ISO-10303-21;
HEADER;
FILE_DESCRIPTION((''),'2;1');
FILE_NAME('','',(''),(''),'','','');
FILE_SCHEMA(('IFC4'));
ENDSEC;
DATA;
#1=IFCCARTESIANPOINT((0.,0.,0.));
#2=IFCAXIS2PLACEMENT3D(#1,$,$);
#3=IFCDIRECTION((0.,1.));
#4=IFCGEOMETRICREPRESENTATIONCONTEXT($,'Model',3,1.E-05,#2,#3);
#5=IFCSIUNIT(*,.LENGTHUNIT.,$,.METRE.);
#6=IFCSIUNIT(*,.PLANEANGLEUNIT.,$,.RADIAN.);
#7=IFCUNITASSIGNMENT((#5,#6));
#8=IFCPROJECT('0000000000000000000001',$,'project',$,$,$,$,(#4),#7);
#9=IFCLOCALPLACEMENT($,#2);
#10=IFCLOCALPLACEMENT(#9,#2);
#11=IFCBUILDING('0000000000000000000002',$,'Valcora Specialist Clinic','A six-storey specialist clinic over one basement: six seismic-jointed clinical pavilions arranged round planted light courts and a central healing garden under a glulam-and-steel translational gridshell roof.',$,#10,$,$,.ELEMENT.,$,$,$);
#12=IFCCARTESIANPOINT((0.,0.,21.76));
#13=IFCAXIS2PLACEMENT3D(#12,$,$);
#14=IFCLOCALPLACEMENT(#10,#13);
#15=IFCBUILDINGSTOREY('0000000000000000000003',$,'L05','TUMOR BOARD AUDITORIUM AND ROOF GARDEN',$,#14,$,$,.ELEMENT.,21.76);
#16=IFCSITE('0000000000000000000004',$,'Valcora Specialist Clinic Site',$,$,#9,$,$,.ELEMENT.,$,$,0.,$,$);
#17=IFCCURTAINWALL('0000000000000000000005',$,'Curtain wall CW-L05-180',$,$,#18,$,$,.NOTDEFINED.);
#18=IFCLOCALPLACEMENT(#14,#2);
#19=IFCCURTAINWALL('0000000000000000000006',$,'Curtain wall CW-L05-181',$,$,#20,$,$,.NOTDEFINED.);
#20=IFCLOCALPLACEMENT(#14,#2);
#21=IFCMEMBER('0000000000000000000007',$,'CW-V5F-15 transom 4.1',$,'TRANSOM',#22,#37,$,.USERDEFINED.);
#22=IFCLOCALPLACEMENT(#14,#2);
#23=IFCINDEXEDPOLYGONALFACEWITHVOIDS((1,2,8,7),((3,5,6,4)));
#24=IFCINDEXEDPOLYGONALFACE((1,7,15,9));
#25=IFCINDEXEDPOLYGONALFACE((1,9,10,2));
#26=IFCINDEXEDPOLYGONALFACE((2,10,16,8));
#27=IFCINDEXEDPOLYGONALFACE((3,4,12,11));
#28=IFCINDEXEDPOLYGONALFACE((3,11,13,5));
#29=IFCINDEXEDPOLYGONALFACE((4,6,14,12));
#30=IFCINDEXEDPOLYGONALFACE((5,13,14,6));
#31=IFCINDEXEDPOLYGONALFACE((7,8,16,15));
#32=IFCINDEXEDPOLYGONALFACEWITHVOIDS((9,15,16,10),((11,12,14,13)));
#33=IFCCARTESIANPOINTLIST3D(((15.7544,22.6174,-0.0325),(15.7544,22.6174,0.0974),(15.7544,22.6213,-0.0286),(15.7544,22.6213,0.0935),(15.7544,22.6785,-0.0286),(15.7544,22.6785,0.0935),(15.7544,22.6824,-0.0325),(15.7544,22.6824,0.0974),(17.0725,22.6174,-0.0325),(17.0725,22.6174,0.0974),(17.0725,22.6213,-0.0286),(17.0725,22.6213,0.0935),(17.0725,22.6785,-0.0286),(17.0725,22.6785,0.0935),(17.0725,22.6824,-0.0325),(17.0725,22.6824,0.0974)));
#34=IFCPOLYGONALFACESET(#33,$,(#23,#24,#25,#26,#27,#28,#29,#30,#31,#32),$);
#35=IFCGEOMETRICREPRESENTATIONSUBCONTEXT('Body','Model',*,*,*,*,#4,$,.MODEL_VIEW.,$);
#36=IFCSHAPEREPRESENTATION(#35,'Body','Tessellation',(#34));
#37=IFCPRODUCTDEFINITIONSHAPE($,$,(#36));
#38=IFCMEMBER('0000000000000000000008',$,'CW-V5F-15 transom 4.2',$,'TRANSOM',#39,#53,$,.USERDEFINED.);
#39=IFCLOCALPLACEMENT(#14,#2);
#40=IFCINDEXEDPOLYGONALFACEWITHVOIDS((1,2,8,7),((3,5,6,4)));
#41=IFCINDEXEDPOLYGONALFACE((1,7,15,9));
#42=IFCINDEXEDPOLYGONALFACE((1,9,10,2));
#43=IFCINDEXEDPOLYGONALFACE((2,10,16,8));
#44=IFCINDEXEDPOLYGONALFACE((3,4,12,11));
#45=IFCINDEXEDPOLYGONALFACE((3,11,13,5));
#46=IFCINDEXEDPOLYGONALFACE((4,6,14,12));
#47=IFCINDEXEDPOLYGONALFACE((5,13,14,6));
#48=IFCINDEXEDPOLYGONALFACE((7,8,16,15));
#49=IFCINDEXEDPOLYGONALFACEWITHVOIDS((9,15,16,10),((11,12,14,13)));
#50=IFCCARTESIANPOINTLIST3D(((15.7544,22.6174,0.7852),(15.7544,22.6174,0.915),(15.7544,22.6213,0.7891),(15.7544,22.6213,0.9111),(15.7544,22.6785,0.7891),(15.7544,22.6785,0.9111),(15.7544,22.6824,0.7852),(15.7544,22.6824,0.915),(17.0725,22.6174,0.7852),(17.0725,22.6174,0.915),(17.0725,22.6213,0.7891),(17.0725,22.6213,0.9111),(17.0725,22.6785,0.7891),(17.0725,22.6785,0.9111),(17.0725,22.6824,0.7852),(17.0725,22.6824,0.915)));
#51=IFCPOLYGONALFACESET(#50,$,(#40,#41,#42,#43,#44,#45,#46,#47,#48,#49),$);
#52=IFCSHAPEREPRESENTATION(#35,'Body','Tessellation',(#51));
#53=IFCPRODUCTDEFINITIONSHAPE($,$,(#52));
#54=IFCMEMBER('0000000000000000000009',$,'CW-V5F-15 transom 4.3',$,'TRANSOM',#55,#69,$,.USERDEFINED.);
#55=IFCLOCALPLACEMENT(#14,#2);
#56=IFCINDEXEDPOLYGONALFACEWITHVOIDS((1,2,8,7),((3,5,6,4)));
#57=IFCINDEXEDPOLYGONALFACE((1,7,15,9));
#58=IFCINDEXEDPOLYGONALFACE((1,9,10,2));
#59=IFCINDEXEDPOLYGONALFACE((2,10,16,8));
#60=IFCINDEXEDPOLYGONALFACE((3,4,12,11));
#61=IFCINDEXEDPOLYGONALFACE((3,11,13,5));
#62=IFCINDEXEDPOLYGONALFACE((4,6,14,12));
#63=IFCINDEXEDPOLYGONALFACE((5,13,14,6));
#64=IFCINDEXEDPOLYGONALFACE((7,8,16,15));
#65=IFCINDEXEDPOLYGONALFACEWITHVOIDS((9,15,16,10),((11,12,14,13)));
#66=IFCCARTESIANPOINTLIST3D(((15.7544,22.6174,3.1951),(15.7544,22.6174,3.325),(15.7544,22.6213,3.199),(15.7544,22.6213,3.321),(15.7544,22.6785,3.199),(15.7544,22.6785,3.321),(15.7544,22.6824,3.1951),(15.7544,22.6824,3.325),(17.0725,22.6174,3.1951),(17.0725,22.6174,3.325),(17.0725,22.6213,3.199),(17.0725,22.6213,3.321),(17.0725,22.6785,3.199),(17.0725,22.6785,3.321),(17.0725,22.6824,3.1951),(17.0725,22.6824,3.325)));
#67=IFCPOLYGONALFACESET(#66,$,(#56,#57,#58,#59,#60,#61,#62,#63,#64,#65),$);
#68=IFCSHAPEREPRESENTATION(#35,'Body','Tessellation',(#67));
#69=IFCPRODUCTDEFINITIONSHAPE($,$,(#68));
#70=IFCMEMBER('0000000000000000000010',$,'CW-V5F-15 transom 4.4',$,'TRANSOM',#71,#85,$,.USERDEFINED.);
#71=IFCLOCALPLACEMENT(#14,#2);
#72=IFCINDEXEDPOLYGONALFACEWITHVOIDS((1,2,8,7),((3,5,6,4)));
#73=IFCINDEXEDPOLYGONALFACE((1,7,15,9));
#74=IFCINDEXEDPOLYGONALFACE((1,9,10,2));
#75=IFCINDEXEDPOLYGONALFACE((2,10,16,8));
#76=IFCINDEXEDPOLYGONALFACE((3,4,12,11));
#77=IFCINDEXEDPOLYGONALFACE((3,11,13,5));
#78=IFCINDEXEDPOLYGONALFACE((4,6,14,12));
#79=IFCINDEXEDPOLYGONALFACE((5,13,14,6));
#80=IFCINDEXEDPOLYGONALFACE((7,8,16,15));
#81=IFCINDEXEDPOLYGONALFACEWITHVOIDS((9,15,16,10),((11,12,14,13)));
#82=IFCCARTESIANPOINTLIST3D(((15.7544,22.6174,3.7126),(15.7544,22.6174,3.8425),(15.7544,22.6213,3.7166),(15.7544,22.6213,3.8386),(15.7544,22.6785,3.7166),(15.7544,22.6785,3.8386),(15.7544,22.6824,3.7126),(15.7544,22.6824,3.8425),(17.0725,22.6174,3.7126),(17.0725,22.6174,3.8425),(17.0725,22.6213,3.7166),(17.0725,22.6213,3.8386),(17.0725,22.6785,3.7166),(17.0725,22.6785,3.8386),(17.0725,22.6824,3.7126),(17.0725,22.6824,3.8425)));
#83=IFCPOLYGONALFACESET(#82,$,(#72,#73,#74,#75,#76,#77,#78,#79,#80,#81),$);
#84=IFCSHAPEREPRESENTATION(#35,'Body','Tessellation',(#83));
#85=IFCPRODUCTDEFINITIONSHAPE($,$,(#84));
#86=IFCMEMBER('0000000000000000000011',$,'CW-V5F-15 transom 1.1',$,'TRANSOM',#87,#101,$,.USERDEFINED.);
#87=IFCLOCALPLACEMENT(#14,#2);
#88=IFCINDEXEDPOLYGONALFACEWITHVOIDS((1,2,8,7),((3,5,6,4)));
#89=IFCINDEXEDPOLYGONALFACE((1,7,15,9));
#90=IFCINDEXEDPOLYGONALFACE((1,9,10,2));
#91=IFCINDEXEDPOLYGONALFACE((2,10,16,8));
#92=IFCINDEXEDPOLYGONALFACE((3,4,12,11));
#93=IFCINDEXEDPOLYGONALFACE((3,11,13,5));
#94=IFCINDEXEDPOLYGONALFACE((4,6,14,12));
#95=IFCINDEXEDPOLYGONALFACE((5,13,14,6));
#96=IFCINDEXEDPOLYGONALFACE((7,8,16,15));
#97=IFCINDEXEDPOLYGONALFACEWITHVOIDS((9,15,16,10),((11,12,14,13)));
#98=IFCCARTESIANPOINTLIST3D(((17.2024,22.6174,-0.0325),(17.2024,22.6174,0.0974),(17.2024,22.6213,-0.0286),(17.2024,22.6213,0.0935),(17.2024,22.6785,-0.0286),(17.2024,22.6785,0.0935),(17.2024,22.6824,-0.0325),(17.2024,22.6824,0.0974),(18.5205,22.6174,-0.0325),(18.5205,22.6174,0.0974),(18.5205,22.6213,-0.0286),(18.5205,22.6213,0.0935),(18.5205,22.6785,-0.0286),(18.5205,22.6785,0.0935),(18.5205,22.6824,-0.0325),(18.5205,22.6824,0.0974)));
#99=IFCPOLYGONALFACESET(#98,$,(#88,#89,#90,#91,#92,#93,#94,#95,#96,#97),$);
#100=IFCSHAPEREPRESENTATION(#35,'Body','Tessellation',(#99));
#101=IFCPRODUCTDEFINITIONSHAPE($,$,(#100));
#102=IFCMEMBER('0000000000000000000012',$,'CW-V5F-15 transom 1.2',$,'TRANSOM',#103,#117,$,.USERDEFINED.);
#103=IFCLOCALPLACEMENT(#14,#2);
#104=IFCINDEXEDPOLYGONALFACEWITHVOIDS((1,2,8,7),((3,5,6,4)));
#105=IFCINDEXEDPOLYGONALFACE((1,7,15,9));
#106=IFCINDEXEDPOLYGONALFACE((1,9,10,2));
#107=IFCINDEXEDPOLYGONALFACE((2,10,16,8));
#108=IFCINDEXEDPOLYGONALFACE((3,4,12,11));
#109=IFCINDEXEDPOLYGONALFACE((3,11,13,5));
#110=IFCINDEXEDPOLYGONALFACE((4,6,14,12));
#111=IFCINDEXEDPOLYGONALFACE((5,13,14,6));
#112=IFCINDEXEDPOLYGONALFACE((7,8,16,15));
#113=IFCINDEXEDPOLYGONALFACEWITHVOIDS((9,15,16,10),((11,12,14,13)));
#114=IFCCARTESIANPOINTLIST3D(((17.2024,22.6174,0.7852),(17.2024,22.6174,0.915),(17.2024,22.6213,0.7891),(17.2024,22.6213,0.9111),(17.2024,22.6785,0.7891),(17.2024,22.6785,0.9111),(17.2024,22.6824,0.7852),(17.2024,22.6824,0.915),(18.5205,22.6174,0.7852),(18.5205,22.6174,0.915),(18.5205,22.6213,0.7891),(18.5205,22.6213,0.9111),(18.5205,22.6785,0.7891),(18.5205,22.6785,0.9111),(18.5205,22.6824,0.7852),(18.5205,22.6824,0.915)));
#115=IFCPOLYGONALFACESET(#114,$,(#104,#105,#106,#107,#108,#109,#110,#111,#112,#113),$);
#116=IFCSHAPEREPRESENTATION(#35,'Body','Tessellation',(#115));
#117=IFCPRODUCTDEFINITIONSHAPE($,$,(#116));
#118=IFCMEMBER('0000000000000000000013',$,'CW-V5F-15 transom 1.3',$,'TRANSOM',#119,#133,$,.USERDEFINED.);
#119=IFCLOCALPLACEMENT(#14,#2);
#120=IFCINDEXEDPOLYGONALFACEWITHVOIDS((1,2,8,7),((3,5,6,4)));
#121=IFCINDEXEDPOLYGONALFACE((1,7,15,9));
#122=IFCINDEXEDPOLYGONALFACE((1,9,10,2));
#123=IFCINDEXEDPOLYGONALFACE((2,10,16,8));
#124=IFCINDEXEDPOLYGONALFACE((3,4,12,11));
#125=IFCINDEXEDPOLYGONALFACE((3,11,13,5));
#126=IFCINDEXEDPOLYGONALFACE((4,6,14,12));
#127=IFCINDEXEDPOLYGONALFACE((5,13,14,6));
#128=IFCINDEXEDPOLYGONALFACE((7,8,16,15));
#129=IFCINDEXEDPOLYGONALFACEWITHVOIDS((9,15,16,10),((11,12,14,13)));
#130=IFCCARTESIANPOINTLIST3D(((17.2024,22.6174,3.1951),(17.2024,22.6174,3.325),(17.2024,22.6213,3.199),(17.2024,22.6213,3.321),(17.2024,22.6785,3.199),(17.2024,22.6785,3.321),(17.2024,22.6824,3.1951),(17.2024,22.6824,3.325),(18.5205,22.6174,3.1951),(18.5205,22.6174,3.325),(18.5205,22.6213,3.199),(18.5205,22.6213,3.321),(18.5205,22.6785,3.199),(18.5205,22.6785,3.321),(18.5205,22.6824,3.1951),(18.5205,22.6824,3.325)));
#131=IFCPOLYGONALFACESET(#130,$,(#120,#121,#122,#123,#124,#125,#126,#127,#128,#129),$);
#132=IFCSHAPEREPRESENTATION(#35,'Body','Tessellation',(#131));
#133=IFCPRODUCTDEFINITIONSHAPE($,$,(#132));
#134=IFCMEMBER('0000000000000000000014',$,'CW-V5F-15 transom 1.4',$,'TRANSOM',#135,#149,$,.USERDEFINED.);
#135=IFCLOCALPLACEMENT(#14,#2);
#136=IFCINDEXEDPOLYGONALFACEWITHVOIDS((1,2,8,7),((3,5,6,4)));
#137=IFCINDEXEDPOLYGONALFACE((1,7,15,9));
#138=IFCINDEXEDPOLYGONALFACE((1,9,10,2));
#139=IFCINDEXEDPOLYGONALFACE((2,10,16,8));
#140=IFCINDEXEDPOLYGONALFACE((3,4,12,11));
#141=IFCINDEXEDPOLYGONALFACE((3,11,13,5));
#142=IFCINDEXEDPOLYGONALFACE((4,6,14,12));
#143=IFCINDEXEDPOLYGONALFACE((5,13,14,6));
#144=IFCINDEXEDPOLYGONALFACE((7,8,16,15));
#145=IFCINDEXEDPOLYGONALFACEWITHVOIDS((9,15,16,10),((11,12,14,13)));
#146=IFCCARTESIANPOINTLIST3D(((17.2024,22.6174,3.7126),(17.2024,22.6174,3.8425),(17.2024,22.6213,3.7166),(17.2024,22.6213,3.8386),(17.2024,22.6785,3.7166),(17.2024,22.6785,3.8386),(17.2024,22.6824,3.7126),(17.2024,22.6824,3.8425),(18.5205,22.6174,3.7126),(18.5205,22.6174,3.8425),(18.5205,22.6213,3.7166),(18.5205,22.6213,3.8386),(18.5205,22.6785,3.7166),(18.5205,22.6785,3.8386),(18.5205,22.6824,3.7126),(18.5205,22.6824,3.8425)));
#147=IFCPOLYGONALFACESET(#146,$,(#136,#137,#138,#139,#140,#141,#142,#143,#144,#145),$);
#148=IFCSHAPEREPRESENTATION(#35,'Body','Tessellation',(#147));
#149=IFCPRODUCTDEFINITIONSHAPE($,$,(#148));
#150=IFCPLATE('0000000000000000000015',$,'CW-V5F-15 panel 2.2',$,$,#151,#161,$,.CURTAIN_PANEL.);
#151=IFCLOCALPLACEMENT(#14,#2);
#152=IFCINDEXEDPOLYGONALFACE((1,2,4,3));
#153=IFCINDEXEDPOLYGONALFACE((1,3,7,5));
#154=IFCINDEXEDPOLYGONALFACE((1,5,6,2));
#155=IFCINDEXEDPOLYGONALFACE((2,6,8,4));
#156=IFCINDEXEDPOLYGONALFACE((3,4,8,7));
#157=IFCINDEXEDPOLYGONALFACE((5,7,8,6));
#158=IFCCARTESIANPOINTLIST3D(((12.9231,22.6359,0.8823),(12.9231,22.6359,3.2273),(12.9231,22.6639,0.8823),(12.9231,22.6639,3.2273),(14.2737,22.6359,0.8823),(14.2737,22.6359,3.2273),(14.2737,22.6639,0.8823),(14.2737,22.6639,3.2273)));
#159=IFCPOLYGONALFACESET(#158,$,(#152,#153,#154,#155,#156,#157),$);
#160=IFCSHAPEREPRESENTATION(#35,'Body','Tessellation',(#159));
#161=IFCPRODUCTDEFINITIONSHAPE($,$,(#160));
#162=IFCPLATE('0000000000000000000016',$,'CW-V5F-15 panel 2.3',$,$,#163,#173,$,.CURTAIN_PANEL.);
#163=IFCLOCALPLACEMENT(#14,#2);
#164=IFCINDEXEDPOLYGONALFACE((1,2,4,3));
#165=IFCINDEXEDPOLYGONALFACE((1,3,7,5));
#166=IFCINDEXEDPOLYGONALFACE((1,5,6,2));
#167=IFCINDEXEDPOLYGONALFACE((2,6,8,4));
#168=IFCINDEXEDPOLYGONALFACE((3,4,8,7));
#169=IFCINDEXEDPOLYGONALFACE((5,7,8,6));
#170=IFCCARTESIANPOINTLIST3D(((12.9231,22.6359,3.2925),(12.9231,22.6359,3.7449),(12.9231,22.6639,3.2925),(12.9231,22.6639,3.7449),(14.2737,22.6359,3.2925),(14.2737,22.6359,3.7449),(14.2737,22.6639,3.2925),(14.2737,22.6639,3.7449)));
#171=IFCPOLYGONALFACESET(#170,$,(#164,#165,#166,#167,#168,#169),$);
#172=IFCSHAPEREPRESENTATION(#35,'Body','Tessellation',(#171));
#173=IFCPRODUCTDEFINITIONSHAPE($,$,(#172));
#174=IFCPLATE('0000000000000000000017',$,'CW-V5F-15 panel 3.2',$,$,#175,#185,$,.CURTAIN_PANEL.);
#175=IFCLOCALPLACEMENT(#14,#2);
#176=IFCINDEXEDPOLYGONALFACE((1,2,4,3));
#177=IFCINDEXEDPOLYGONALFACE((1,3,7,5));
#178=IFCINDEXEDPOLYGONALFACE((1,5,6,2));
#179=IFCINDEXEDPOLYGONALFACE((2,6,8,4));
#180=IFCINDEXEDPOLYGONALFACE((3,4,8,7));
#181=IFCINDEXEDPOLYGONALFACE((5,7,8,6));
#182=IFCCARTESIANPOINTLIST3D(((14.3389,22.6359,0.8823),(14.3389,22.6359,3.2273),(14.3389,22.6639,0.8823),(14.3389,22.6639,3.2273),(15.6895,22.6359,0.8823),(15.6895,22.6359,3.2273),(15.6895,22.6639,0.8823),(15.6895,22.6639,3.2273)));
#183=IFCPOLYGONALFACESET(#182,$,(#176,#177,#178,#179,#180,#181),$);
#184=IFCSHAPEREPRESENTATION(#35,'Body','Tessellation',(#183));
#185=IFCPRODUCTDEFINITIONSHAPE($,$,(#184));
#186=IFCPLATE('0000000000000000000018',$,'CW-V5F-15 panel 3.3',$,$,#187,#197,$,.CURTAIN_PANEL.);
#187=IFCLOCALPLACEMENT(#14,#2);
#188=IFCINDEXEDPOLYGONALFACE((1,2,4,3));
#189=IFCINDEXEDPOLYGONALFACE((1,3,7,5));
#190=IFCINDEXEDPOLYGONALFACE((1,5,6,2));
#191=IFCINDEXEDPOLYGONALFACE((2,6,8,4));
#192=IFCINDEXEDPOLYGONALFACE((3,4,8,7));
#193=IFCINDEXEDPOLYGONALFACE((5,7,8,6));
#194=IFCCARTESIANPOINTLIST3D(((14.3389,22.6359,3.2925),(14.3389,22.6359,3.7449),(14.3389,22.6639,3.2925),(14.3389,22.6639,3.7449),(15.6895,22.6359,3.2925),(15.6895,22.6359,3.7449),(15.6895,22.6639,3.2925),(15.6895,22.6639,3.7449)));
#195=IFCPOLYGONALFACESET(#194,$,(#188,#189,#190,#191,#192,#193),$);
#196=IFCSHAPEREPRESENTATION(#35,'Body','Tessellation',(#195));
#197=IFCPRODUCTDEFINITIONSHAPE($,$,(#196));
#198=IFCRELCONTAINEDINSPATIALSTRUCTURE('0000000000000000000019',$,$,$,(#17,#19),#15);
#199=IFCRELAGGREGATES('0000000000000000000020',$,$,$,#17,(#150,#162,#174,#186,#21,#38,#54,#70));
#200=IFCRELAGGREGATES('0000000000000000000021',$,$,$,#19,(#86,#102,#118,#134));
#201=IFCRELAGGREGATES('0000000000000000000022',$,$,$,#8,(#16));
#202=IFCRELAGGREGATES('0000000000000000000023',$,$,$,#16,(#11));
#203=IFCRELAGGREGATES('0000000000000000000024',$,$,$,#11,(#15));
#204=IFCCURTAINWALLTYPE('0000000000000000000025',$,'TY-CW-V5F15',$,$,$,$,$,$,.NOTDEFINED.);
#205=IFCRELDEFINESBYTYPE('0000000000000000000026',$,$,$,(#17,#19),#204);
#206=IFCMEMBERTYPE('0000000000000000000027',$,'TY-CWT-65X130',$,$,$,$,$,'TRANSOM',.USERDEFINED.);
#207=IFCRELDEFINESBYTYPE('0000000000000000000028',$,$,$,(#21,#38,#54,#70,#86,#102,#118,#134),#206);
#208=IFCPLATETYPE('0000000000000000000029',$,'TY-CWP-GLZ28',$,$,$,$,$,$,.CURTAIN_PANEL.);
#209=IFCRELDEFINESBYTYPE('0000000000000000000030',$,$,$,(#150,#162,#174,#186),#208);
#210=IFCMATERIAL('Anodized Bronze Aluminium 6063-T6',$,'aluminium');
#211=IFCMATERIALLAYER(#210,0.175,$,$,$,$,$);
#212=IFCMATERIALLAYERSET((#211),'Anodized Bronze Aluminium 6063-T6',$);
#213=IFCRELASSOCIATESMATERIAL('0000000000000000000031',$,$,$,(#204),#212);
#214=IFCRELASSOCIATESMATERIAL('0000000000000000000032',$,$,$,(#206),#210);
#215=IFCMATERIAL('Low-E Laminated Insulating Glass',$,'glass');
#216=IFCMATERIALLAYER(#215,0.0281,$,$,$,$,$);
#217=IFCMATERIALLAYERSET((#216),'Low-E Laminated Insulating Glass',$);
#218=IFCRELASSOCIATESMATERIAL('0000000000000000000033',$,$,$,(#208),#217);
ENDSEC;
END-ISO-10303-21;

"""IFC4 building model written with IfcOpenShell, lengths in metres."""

from ifc_helpers import new_model, si_unit, direction, frame, origin, origin_2d, place, context, subcontext, project, spatial, rectangle, hollow_rectangle, extrude, material, layer, layer_set, material_profile, profile_set, type_object, element, aggregate, save


model = new_model("IFC4")

# Units and contexts
model_context = context("Model", 3, precision=1e-05, world=origin(), true_north=direction((0.0, 1.0)))
body_context = subcontext(model_context, "Body", "Model", "MODEL_VIEW")
ifc_project = project(units=[si_unit("LENGTHUNIT", "METRE"), si_unit("PLANEANGLEUNIT", "RADIAN")], contexts=[model_context])

# Site, building, storey
site_placement = place(None, origin())
site = spatial("IfcSite", under=ifc_project, at=site_placement, Name="Valcora Specialist Clinic Site", CompositionType="ELEMENT", RefElevation=0.0)
building_placement = place(site_placement, origin())
building = spatial("IfcBuilding", under=site, at=building_placement, Name="Valcora Specialist Clinic", Description="A six-storey specialist clinic over one basement: six seismic-jointed clinical pavilions arranged round planted light courts and a central healing garden under a glulam-and-steel translational gridshell roof.", CompositionType="ELEMENT")
storey_placement = place(building_placement, frame((0.0, 0.0, 21.76)))
storey = spatial("IfcBuildingStorey", under=building, at=storey_placement, Name="L05", Description="TUMOR BOARD AUDITORIUM AND ROOF GARDEN", CompositionType="ELEMENT", Elevation=21.76)

# Curtain wall
ifc_material_1 = material(Name="Anodized Bronze Aluminium 6063-T6", Category="aluminium")
ifc_layer_1 = layer(ifc_material_1, 0.175)
ifc_layer_set_1 = layer_set([ifc_layer_1], Name="Anodized Bronze Aluminium 6063-T6")
curtain_wall_type = type_object("IfcCurtainWallType", Name="TY-CW-V5F15", PredefinedType="NOTDEFINED", material=ifc_layer_set_1)
curtain_wall_1_placement = place(storey_placement, origin())
curtain_wall_1 = element("IfcCurtainWall", 1, at=curtain_wall_1_placement, inside=storey, type_object=curtain_wall_type, Name="Curtain wall CW-L05-180", PredefinedType="NOTDEFINED")

# Curtain wall
curtain_wall_2_placement = place(storey_placement, origin())
curtain_wall_2 = element("IfcCurtainWall", 2, at=curtain_wall_2_placement, inside=storey, type_object=curtain_wall_type, Name="Curtain wall CW-L05-181", PredefinedType="NOTDEFINED")

# Members
ifc_material_profile_1 = material_profile(ifc_material_1, hollow_rectangle(XDim=0.0649, YDim=0.1299, WallThickness=0.0039, at=origin_2d()), Name="AL-TRN-65X130")
ifc_profile_set_1 = profile_set([ifc_material_profile_1], Name="Anodized Bronze Aluminium 6063-T6")
member_type_1 = type_object("IfcMemberType", Name="TY-CWT-65X130", ElementType="TRANSOM", PredefinedType="USERDEFINED", material=ifc_profile_set_1)
member_1_placement = place(storey_placement, frame((15.7544, 22.6499, 0.0325), z_axis=(1.0, 0.0, 0.0), x_axis=(0.0, 1.0, 0.0)))
member_1 = element("IfcMember", 3, at=member_1_placement, type_object=member_type_1, Name="CW-V5F-15 transom 4.1", ObjectType="TRANSOM", PredefinedType="USERDEFINED", context=body_context, shape_type="SweptSolid", body=[
    extrude(hollow_rectangle(XDim=0.0649, YDim=0.1299, WallThickness=0.0039, at=origin_2d()), origin(), (0.0, 0.0, 1.0), 1.3181),
])
member_2_placement = place(storey_placement, frame((15.7544, 22.6499, 0.8501), z_axis=(1.0, 0.0, 0.0), x_axis=(0.0, 1.0, 0.0)))
member_2 = element("IfcMember", 4, at=member_2_placement, type_object=member_type_1, Name="CW-V5F-15 transom 4.2", ObjectType="TRANSOM", PredefinedType="USERDEFINED", context=body_context, shape_type="SweptSolid", body=[
    extrude(hollow_rectangle(XDim=0.0649, YDim=0.1299, WallThickness=0.0039, at=origin_2d()), origin(), (0.0, 0.0, 1.0), 1.3181),
])
member_3_placement = place(storey_placement, frame((15.7544, 22.6499, 3.26), z_axis=(1.0, 0.0, 0.0), x_axis=(0.0, 1.0, 0.0)))
member_3 = element("IfcMember", 5, at=member_3_placement, type_object=member_type_1, Name="CW-V5F-15 transom 4.3", ObjectType="TRANSOM", PredefinedType="USERDEFINED", context=body_context, shape_type="SweptSolid", body=[
    extrude(hollow_rectangle(XDim=0.0649, YDim=0.1299, WallThickness=0.0039, at=origin_2d()), origin(), (0.0, 0.0, 1.0), 1.3181),
])
member_4_placement = place(storey_placement, frame((15.7544, 22.6499, 3.7776), z_axis=(1.0, 0.0, 0.0), x_axis=(0.0, 1.0, 0.0)))
member_4 = element("IfcMember", 6, at=member_4_placement, type_object=member_type_1, Name="CW-V5F-15 transom 4.4", ObjectType="TRANSOM", PredefinedType="USERDEFINED", context=body_context, shape_type="SweptSolid", body=[
    extrude(hollow_rectangle(XDim=0.0649, YDim=0.1299, WallThickness=0.0039, at=origin_2d()), origin(), (0.0, 0.0, 1.0), 1.3181),
])
member_5_placement = place(storey_placement, frame((17.2024, 22.6499, 0.0325), z_axis=(1.0, 0.0, 0.0), x_axis=(0.0, 1.0, 0.0)))
member_5 = element("IfcMember", 7, at=member_5_placement, type_object=member_type_1, Name="CW-V5F-15 transom 1.1", ObjectType="TRANSOM", PredefinedType="USERDEFINED", context=body_context, shape_type="SweptSolid", body=[
    extrude(hollow_rectangle(XDim=0.0649, YDim=0.1299, WallThickness=0.0039, at=origin_2d()), origin(), (0.0, 0.0, 1.0), 1.3181),
])
member_6_placement = place(storey_placement, frame((17.2024, 22.6499, 0.8501), z_axis=(1.0, 0.0, 0.0), x_axis=(0.0, 1.0, 0.0)))
member_6 = element("IfcMember", 8, at=member_6_placement, type_object=member_type_1, Name="CW-V5F-15 transom 1.2", ObjectType="TRANSOM", PredefinedType="USERDEFINED", context=body_context, shape_type="SweptSolid", body=[
    extrude(hollow_rectangle(XDim=0.0649, YDim=0.1299, WallThickness=0.0039, at=origin_2d()), origin(), (0.0, 0.0, 1.0), 1.3181),
])
member_7_placement = place(storey_placement, frame((17.2024, 22.6499, 3.26), z_axis=(1.0, 0.0, 0.0), x_axis=(0.0, 1.0, 0.0)))
member_7 = element("IfcMember", 9, at=member_7_placement, type_object=member_type_1, Name="CW-V5F-15 transom 1.3", ObjectType="TRANSOM", PredefinedType="USERDEFINED", context=body_context, shape_type="SweptSolid", body=[
    extrude(hollow_rectangle(XDim=0.0649, YDim=0.1299, WallThickness=0.0039, at=origin_2d()), origin(), (0.0, 0.0, 1.0), 1.3181),
])
member_8_placement = place(storey_placement, frame((17.2024, 22.6499, 3.7776), z_axis=(1.0, 0.0, 0.0), x_axis=(0.0, 1.0, 0.0)))
member_8 = element("IfcMember", 10, at=member_8_placement, type_object=member_type_1, Name="CW-V5F-15 transom 1.4", ObjectType="TRANSOM", PredefinedType="USERDEFINED", context=body_context, shape_type="SweptSolid", body=[
    extrude(hollow_rectangle(XDim=0.0649, YDim=0.1299, WallThickness=0.0039, at=origin_2d()), origin(), (0.0, 0.0, 1.0), 1.3181),
])

# Plates
ifc_material_2 = material(Name="Low-E Laminated Insulating Glass", Category="glass")
ifc_layer_2 = layer(ifc_material_2, 0.0281)
ifc_layer_set_2 = layer_set([ifc_layer_2], Name="Low-E Laminated Insulating Glass")
plate_type_1 = type_object("IfcPlateType", Name="TY-CWP-GLZ28", PredefinedType="CURTAIN_PANEL", material=ifc_layer_set_2)
plate_1_placement = place(storey_placement, frame((13.5984, 22.6499, 0.8823), z_axis=(0.0, 0.0, 1.0), x_axis=(1.0, 0.0, 0.0)))
plate_1 = element("IfcPlate", 11, at=plate_1_placement, type_object=plate_type_1, Name="CW-V5F-15 panel 2.2", PredefinedType="CURTAIN_PANEL", context=body_context, shape_type="SweptSolid", body=[
    extrude(rectangle(XDim=1.3506, YDim=0.0281, at=origin_2d()), origin(), (0.0, 0.0, 1.0), 2.345),
])
plate_2_placement = place(storey_placement, frame((13.5984, 22.6499, 3.2925), z_axis=(0.0, 0.0, 1.0), x_axis=(1.0, 0.0, 0.0)))
plate_2 = element("IfcPlate", 12, at=plate_2_placement, type_object=plate_type_1, Name="CW-V5F-15 panel 2.3", PredefinedType="CURTAIN_PANEL", context=body_context, shape_type="SweptSolid", body=[
    extrude(rectangle(XDim=1.3506, YDim=0.0281, at=origin_2d()), origin(), (0.0, 0.0, 1.0), 0.4524),
])
plate_3_placement = place(storey_placement, frame((15.0142, 22.6499, 0.8823), z_axis=(0.0, 0.0, 1.0), x_axis=(1.0, 0.0, 0.0)))
plate_3 = element("IfcPlate", 13, at=plate_3_placement, type_object=plate_type_1, Name="CW-V5F-15 panel 3.2", PredefinedType="CURTAIN_PANEL", context=body_context, shape_type="SweptSolid", body=[
    extrude(rectangle(XDim=1.3506, YDim=0.0281, at=origin_2d()), origin(), (0.0, 0.0, 1.0), 2.345),
])
plate_4_placement = place(storey_placement, frame((15.0142, 22.6499, 3.2925), z_axis=(0.0, 0.0, 1.0), x_axis=(1.0, 0.0, 0.0)))
plate_4 = element("IfcPlate", 14, at=plate_4_placement, type_object=plate_type_1, Name="CW-V5F-15 panel 3.3", PredefinedType="CURTAIN_PANEL", context=body_context, shape_type="SweptSolid", body=[
    extrude(rectangle(XDim=1.3506, YDim=0.0281, at=origin_2d()), origin(), (0.0, 0.0, 1.0), 0.4524),
])
aggregate(curtain_wall_1, [plate_1, plate_2, plate_3, plate_4, member_1, member_2, member_3, member_4])
aggregate(curtain_wall_2, [member_5, member_6, member_7, member_8])

save(model, "model.ifc")
